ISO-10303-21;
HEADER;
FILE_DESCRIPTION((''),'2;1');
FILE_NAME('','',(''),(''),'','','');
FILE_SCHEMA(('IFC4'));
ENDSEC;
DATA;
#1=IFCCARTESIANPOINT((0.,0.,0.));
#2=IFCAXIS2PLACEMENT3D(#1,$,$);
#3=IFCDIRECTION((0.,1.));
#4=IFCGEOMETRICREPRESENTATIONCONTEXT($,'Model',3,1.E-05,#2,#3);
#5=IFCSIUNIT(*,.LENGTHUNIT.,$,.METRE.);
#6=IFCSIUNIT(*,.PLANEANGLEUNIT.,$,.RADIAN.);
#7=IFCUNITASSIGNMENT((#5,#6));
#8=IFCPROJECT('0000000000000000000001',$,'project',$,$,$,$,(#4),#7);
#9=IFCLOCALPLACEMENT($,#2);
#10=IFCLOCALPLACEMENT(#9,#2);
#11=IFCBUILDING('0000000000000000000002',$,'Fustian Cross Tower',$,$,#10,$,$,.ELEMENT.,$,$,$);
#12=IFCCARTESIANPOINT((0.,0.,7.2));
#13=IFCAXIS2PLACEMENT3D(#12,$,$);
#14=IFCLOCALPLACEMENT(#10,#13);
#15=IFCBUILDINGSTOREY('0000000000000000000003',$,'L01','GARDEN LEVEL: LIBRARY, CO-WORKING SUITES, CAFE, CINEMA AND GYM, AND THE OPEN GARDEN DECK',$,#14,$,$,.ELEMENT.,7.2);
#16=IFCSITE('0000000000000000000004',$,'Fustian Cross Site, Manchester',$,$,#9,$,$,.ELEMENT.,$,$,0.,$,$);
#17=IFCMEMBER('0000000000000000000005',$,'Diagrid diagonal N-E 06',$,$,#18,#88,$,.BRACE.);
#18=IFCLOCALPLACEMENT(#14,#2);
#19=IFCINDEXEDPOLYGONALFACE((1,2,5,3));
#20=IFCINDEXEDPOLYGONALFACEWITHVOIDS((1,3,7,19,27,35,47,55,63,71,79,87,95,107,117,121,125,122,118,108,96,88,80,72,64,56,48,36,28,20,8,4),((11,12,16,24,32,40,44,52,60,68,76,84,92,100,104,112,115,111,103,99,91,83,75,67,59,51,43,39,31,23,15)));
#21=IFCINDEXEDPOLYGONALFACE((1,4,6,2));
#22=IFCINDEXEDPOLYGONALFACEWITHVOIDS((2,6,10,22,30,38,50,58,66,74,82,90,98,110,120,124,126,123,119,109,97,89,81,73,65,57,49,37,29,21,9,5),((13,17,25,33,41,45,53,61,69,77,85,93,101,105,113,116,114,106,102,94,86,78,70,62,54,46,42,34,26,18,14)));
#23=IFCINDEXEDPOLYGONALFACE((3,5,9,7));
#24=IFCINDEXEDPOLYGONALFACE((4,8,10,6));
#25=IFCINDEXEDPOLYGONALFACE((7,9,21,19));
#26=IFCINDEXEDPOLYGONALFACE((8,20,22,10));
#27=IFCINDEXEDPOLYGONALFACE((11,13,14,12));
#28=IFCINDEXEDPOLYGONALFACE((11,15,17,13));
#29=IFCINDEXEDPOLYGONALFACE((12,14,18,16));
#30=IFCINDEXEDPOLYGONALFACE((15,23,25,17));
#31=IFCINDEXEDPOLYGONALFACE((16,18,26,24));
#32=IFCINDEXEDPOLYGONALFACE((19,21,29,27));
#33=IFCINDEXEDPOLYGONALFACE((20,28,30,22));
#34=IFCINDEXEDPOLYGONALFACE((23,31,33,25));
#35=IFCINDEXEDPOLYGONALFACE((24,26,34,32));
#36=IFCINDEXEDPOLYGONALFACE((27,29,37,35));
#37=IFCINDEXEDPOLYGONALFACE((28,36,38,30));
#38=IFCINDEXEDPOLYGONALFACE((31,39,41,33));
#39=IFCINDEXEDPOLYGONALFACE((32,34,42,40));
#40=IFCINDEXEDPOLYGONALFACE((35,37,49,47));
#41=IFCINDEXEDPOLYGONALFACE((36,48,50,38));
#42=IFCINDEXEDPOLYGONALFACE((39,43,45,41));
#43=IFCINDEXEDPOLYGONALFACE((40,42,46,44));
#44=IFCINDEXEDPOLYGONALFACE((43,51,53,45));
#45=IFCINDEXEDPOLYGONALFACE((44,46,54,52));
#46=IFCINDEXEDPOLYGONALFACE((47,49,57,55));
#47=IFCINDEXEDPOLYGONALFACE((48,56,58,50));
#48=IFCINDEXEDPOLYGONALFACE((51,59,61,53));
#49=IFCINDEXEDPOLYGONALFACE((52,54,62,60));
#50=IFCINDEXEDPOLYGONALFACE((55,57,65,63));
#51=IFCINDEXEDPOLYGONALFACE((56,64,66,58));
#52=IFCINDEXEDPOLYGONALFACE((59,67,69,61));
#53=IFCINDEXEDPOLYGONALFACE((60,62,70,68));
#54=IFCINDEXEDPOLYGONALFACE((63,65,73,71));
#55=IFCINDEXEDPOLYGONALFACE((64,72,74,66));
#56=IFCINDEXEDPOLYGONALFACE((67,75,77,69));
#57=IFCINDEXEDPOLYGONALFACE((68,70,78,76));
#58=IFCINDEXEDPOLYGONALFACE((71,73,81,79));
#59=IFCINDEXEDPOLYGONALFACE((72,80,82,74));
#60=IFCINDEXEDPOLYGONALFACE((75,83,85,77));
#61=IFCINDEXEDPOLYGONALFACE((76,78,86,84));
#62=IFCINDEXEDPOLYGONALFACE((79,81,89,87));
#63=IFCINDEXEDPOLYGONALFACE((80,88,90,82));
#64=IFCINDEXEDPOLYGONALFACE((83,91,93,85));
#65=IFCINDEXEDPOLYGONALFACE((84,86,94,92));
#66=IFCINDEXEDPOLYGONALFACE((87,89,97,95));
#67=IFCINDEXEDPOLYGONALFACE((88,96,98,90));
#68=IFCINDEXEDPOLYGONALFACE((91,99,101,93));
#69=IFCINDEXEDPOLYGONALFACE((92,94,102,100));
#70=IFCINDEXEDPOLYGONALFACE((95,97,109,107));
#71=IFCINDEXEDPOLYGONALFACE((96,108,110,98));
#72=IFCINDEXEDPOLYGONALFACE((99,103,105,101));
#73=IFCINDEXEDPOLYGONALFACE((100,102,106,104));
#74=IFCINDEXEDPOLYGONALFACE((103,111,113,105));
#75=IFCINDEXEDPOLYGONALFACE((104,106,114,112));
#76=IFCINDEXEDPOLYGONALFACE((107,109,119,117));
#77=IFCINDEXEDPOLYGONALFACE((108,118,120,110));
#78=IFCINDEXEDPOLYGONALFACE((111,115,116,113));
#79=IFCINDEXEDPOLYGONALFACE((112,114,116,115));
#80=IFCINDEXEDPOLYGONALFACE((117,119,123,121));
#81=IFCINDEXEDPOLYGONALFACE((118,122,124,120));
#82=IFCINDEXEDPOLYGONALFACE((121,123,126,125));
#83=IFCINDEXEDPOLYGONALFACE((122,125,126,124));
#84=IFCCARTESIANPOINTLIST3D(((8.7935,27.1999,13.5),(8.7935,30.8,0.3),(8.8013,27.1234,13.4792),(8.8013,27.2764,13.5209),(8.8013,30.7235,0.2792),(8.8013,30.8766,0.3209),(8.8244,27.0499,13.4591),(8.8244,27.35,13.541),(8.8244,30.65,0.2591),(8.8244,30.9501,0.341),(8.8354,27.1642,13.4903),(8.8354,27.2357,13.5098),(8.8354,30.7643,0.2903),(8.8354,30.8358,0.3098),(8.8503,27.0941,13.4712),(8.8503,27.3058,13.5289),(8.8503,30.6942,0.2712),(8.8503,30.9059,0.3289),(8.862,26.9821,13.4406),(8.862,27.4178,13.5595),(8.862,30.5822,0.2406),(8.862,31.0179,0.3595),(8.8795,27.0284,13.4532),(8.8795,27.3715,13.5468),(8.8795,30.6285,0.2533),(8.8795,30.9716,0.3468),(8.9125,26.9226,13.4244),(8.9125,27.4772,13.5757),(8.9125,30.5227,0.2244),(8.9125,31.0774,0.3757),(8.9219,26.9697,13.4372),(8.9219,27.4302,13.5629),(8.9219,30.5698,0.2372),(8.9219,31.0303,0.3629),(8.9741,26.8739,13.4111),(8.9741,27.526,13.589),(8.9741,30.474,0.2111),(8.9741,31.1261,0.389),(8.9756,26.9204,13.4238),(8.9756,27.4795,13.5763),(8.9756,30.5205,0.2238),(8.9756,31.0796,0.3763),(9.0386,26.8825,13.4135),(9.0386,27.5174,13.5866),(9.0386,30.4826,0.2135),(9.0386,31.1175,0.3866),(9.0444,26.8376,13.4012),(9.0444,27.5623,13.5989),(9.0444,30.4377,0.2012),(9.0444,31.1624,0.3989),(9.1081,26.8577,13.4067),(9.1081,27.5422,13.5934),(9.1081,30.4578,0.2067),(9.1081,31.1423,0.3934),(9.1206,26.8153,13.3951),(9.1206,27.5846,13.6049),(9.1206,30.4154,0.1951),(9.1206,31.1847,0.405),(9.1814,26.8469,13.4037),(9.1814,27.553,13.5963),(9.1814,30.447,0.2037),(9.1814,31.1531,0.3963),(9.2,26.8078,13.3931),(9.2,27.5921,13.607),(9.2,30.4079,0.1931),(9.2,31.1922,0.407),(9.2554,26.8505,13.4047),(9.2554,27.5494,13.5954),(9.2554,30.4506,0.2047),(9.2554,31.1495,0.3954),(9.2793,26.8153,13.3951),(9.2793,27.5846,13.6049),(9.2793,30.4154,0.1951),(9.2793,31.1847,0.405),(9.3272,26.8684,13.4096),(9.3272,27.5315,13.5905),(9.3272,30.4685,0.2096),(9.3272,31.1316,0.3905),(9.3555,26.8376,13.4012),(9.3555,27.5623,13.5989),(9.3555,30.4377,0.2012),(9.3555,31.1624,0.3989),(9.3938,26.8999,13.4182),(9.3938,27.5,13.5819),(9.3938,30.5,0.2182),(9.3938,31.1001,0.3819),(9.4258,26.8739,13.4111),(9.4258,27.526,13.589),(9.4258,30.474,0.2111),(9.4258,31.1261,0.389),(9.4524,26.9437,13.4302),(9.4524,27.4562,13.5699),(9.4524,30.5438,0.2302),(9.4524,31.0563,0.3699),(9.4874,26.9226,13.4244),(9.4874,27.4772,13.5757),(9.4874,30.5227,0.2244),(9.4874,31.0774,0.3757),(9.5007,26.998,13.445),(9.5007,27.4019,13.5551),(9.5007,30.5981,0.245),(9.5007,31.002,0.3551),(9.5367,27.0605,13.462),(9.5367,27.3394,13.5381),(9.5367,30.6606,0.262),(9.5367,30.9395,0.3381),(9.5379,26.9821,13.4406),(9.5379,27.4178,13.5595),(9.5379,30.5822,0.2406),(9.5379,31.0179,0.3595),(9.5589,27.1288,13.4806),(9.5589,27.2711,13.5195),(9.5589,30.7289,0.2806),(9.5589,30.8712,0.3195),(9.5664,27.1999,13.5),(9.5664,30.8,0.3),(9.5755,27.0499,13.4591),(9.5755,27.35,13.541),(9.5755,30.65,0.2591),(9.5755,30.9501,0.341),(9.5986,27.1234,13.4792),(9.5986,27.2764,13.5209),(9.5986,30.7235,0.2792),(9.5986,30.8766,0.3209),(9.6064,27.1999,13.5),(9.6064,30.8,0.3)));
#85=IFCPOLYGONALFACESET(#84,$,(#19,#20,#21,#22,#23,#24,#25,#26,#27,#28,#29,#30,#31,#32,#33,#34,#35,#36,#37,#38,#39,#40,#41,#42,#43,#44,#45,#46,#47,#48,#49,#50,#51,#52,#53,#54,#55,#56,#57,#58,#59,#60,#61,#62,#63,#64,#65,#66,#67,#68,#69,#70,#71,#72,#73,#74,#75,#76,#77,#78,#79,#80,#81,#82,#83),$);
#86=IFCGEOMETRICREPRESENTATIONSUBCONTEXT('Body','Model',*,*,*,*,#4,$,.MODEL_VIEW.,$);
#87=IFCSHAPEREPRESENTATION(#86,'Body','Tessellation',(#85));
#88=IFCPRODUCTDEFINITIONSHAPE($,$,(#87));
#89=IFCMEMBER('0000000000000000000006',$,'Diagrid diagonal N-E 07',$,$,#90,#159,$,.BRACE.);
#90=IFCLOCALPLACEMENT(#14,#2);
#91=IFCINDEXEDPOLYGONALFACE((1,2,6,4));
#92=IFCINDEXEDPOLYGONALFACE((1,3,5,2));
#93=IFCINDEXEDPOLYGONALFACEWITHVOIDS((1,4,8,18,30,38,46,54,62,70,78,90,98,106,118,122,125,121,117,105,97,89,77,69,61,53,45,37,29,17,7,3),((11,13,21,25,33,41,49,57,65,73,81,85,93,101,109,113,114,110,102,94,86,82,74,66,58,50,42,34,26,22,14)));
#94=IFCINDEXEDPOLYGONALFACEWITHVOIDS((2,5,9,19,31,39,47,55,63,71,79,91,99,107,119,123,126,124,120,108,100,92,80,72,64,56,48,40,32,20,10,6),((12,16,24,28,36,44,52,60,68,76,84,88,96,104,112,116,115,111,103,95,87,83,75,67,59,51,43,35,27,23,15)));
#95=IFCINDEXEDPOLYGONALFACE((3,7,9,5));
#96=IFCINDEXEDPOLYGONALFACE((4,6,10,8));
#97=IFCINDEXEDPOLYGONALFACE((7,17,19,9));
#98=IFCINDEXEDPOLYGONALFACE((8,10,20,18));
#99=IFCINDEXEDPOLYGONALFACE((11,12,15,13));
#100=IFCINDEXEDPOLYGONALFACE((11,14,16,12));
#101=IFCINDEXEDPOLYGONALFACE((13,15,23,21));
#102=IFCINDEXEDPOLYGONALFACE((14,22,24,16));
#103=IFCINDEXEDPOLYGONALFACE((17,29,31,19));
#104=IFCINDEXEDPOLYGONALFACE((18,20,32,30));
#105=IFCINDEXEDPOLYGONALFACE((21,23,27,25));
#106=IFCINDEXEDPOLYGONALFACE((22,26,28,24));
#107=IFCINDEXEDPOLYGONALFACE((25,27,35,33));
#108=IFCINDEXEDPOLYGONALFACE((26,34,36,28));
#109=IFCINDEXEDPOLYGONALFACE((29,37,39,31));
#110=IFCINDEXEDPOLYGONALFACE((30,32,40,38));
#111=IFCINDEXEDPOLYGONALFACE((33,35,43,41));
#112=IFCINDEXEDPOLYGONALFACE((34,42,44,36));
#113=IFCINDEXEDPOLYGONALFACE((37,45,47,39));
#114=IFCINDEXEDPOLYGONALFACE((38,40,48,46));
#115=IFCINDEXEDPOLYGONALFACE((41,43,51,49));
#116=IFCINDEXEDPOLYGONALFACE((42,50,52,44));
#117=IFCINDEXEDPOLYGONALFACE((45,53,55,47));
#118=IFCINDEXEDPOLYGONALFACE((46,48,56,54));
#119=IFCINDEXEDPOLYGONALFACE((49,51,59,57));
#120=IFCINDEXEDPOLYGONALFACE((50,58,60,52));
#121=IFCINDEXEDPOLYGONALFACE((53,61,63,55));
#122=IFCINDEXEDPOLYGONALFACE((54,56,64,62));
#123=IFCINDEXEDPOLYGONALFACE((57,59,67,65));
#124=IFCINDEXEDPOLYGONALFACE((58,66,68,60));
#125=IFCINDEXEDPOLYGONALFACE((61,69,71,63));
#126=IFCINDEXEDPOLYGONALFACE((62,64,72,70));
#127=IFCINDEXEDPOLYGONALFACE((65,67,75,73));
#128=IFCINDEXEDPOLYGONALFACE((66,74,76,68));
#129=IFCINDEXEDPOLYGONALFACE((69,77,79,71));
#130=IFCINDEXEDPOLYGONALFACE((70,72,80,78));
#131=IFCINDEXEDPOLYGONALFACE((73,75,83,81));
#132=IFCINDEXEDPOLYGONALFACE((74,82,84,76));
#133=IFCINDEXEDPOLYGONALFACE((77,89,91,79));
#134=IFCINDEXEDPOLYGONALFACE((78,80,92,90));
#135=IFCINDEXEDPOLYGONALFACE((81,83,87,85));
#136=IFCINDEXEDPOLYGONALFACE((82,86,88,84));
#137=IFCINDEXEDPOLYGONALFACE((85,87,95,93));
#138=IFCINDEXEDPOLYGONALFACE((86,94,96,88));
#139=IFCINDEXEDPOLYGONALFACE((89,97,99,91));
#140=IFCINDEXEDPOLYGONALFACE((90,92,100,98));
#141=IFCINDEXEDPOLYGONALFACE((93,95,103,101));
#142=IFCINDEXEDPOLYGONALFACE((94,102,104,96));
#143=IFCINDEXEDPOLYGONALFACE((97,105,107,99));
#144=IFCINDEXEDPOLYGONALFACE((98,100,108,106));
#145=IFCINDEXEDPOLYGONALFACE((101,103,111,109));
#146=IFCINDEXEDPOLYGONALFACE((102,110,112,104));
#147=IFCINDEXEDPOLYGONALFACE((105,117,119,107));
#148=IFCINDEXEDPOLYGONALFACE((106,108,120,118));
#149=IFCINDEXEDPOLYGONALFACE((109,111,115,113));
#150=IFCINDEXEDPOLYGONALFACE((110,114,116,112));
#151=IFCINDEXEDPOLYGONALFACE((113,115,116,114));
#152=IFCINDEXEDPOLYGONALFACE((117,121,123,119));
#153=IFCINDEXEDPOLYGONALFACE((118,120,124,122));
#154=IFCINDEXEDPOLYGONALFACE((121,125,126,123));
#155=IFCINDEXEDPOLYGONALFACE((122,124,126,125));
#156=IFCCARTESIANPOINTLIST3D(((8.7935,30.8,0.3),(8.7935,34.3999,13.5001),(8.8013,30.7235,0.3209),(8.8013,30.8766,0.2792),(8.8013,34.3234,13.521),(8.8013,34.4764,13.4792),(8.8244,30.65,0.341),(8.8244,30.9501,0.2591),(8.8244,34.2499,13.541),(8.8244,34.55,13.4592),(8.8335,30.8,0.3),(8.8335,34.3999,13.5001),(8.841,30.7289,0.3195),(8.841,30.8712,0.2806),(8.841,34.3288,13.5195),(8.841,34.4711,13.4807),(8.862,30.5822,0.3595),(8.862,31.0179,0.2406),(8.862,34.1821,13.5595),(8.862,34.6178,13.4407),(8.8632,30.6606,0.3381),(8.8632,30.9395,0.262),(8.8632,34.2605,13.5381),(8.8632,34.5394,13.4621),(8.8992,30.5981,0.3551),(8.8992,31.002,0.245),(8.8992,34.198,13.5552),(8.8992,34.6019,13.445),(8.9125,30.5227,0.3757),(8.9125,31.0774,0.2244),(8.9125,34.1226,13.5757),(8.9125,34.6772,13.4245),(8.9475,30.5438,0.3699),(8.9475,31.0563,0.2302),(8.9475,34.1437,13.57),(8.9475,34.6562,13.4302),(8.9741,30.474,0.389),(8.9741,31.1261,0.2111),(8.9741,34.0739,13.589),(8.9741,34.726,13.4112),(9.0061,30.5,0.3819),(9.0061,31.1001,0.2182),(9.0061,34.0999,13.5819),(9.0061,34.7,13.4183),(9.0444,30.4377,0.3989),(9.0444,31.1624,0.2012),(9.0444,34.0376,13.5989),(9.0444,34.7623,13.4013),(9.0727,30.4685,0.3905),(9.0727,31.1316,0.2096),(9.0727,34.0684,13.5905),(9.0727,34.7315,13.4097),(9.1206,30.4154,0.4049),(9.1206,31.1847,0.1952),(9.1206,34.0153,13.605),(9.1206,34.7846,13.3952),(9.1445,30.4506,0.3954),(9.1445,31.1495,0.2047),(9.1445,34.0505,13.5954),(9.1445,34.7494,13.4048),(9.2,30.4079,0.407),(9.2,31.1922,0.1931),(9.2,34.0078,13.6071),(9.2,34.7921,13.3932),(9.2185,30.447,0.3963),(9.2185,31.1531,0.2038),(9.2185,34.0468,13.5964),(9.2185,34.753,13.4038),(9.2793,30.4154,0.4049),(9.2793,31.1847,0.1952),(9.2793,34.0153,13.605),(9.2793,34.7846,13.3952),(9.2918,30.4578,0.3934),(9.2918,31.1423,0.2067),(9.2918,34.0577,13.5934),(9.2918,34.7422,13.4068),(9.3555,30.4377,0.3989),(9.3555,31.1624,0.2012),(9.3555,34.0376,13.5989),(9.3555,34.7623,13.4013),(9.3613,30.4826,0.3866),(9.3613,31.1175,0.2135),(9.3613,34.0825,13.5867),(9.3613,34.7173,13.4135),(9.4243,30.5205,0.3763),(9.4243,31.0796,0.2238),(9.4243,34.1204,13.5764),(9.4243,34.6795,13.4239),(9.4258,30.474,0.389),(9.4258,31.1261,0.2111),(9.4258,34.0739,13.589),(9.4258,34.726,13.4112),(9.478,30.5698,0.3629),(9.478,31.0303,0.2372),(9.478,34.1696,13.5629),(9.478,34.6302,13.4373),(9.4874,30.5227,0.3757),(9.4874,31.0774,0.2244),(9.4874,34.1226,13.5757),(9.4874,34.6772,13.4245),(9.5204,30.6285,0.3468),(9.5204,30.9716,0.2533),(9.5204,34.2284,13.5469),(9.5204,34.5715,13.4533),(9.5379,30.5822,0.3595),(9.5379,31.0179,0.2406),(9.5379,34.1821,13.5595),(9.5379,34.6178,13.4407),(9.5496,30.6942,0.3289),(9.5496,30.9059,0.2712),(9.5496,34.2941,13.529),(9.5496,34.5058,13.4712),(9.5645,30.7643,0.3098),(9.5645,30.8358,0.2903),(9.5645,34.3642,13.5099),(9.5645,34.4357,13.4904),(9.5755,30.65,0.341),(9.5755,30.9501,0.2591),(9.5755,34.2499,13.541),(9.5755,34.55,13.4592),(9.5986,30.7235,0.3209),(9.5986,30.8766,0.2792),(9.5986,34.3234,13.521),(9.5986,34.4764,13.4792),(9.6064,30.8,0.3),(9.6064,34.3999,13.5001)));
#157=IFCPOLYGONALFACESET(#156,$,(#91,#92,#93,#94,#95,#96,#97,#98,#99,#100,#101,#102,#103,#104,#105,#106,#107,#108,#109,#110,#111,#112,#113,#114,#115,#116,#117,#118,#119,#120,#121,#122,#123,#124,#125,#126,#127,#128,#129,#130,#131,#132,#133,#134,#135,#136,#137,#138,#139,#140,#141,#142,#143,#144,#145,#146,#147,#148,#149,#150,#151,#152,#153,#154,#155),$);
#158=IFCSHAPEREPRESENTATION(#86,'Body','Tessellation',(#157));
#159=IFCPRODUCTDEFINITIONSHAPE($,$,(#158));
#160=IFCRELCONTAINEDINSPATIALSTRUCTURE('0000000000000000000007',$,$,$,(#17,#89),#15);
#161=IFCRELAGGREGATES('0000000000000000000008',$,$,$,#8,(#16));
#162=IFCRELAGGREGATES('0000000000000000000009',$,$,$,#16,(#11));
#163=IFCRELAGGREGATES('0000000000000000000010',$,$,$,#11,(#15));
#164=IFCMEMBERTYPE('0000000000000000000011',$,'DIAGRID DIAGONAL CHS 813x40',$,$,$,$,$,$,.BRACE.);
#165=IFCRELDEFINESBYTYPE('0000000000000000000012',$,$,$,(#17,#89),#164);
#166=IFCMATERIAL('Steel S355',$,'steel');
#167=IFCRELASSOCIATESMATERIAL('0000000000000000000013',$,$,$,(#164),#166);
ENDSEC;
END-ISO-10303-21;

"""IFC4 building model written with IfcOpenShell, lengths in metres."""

from ifc_helpers import new_model, si_unit, direction, frame, origin, origin_2d, place, context, subcontext, project, spatial, hollow_circle, extrude, material, material_profile, profile_set, type_object, element, save


model = new_model("IFC4")

# Units and contexts
model_context = context("Model", 3, precision=1e-05, world=origin(), true_north=direction((0.0, 1.0)))
body_context = subcontext(model_context, "Body", "Model", "MODEL_VIEW")
ifc_project = project(units=[si_unit("LENGTHUNIT", "METRE"), si_unit("PLANEANGLEUNIT", "RADIAN")], contexts=[model_context])

# Site, building, storey
site_placement = place(None, origin())
site = spatial("IfcSite", under=ifc_project, at=site_placement, Name="Fustian Cross Site, Manchester", CompositionType="ELEMENT", RefElevation=0.0)
building_placement = place(site_placement, origin())
building = spatial("IfcBuilding", under=site, at=building_placement, Name="Fustian Cross Tower", CompositionType="ELEMENT")
storey_placement = place(building_placement, frame((0.0, 0.0, 7.2)))
storey = spatial("IfcBuildingStorey", under=building, at=storey_placement, Name="L01", Description="GARDEN LEVEL: LIBRARY, CO-WORKING SUITES, CAFE, CINEMA AND GYM, AND THE OPEN GARDEN DECK", CompositionType="ELEMENT", Elevation=7.2)

# Members
ifc_material_1 = material(Name="Steel S355", Category="steel")
ifc_material_profile_1 = material_profile(ifc_material_1, hollow_circle(Radius=0.4065, WallThickness=0.04, at=origin_2d()), Name="CHS 813x40")
ifc_profile_set_1 = profile_set([ifc_material_profile_1], Name="Steel S355")
member_type_1 = type_object("IfcMemberType", Name="DIAGRID DIAGONAL CHS 813x40", PredefinedType="BRACE", material=ifc_profile_set_1)
for number, where, z_axis, x_axis, name in (
    (1, (9.2, 30.8, 0.3), (0.0, -0.263125, 0.964762), (1.0, 0.0, 0.0), "Diagrid diagonal N-E 06"),
    (2, (9.2, 30.8, 0.3), (0.0, 0.263108, 0.964766), (-1.0, 0.0, 0.0), "Diagrid diagonal N-E 07"),
):
    element("IfcMember", number, at=place(storey_placement, frame(where, z_axis=z_axis, x_axis=x_axis)), inside=storey, type_object=member_type_1, Name=name, PredefinedType="BRACE", context=body_context, shape_type="SweptSolid", body=[
        extrude(hollow_circle(Radius=0.4065, WallThickness=0.04, at=origin_2d()), origin(), (0.0, 0.0, 1.0), 13.6821),
    ])

save(model, "model.ifc")
